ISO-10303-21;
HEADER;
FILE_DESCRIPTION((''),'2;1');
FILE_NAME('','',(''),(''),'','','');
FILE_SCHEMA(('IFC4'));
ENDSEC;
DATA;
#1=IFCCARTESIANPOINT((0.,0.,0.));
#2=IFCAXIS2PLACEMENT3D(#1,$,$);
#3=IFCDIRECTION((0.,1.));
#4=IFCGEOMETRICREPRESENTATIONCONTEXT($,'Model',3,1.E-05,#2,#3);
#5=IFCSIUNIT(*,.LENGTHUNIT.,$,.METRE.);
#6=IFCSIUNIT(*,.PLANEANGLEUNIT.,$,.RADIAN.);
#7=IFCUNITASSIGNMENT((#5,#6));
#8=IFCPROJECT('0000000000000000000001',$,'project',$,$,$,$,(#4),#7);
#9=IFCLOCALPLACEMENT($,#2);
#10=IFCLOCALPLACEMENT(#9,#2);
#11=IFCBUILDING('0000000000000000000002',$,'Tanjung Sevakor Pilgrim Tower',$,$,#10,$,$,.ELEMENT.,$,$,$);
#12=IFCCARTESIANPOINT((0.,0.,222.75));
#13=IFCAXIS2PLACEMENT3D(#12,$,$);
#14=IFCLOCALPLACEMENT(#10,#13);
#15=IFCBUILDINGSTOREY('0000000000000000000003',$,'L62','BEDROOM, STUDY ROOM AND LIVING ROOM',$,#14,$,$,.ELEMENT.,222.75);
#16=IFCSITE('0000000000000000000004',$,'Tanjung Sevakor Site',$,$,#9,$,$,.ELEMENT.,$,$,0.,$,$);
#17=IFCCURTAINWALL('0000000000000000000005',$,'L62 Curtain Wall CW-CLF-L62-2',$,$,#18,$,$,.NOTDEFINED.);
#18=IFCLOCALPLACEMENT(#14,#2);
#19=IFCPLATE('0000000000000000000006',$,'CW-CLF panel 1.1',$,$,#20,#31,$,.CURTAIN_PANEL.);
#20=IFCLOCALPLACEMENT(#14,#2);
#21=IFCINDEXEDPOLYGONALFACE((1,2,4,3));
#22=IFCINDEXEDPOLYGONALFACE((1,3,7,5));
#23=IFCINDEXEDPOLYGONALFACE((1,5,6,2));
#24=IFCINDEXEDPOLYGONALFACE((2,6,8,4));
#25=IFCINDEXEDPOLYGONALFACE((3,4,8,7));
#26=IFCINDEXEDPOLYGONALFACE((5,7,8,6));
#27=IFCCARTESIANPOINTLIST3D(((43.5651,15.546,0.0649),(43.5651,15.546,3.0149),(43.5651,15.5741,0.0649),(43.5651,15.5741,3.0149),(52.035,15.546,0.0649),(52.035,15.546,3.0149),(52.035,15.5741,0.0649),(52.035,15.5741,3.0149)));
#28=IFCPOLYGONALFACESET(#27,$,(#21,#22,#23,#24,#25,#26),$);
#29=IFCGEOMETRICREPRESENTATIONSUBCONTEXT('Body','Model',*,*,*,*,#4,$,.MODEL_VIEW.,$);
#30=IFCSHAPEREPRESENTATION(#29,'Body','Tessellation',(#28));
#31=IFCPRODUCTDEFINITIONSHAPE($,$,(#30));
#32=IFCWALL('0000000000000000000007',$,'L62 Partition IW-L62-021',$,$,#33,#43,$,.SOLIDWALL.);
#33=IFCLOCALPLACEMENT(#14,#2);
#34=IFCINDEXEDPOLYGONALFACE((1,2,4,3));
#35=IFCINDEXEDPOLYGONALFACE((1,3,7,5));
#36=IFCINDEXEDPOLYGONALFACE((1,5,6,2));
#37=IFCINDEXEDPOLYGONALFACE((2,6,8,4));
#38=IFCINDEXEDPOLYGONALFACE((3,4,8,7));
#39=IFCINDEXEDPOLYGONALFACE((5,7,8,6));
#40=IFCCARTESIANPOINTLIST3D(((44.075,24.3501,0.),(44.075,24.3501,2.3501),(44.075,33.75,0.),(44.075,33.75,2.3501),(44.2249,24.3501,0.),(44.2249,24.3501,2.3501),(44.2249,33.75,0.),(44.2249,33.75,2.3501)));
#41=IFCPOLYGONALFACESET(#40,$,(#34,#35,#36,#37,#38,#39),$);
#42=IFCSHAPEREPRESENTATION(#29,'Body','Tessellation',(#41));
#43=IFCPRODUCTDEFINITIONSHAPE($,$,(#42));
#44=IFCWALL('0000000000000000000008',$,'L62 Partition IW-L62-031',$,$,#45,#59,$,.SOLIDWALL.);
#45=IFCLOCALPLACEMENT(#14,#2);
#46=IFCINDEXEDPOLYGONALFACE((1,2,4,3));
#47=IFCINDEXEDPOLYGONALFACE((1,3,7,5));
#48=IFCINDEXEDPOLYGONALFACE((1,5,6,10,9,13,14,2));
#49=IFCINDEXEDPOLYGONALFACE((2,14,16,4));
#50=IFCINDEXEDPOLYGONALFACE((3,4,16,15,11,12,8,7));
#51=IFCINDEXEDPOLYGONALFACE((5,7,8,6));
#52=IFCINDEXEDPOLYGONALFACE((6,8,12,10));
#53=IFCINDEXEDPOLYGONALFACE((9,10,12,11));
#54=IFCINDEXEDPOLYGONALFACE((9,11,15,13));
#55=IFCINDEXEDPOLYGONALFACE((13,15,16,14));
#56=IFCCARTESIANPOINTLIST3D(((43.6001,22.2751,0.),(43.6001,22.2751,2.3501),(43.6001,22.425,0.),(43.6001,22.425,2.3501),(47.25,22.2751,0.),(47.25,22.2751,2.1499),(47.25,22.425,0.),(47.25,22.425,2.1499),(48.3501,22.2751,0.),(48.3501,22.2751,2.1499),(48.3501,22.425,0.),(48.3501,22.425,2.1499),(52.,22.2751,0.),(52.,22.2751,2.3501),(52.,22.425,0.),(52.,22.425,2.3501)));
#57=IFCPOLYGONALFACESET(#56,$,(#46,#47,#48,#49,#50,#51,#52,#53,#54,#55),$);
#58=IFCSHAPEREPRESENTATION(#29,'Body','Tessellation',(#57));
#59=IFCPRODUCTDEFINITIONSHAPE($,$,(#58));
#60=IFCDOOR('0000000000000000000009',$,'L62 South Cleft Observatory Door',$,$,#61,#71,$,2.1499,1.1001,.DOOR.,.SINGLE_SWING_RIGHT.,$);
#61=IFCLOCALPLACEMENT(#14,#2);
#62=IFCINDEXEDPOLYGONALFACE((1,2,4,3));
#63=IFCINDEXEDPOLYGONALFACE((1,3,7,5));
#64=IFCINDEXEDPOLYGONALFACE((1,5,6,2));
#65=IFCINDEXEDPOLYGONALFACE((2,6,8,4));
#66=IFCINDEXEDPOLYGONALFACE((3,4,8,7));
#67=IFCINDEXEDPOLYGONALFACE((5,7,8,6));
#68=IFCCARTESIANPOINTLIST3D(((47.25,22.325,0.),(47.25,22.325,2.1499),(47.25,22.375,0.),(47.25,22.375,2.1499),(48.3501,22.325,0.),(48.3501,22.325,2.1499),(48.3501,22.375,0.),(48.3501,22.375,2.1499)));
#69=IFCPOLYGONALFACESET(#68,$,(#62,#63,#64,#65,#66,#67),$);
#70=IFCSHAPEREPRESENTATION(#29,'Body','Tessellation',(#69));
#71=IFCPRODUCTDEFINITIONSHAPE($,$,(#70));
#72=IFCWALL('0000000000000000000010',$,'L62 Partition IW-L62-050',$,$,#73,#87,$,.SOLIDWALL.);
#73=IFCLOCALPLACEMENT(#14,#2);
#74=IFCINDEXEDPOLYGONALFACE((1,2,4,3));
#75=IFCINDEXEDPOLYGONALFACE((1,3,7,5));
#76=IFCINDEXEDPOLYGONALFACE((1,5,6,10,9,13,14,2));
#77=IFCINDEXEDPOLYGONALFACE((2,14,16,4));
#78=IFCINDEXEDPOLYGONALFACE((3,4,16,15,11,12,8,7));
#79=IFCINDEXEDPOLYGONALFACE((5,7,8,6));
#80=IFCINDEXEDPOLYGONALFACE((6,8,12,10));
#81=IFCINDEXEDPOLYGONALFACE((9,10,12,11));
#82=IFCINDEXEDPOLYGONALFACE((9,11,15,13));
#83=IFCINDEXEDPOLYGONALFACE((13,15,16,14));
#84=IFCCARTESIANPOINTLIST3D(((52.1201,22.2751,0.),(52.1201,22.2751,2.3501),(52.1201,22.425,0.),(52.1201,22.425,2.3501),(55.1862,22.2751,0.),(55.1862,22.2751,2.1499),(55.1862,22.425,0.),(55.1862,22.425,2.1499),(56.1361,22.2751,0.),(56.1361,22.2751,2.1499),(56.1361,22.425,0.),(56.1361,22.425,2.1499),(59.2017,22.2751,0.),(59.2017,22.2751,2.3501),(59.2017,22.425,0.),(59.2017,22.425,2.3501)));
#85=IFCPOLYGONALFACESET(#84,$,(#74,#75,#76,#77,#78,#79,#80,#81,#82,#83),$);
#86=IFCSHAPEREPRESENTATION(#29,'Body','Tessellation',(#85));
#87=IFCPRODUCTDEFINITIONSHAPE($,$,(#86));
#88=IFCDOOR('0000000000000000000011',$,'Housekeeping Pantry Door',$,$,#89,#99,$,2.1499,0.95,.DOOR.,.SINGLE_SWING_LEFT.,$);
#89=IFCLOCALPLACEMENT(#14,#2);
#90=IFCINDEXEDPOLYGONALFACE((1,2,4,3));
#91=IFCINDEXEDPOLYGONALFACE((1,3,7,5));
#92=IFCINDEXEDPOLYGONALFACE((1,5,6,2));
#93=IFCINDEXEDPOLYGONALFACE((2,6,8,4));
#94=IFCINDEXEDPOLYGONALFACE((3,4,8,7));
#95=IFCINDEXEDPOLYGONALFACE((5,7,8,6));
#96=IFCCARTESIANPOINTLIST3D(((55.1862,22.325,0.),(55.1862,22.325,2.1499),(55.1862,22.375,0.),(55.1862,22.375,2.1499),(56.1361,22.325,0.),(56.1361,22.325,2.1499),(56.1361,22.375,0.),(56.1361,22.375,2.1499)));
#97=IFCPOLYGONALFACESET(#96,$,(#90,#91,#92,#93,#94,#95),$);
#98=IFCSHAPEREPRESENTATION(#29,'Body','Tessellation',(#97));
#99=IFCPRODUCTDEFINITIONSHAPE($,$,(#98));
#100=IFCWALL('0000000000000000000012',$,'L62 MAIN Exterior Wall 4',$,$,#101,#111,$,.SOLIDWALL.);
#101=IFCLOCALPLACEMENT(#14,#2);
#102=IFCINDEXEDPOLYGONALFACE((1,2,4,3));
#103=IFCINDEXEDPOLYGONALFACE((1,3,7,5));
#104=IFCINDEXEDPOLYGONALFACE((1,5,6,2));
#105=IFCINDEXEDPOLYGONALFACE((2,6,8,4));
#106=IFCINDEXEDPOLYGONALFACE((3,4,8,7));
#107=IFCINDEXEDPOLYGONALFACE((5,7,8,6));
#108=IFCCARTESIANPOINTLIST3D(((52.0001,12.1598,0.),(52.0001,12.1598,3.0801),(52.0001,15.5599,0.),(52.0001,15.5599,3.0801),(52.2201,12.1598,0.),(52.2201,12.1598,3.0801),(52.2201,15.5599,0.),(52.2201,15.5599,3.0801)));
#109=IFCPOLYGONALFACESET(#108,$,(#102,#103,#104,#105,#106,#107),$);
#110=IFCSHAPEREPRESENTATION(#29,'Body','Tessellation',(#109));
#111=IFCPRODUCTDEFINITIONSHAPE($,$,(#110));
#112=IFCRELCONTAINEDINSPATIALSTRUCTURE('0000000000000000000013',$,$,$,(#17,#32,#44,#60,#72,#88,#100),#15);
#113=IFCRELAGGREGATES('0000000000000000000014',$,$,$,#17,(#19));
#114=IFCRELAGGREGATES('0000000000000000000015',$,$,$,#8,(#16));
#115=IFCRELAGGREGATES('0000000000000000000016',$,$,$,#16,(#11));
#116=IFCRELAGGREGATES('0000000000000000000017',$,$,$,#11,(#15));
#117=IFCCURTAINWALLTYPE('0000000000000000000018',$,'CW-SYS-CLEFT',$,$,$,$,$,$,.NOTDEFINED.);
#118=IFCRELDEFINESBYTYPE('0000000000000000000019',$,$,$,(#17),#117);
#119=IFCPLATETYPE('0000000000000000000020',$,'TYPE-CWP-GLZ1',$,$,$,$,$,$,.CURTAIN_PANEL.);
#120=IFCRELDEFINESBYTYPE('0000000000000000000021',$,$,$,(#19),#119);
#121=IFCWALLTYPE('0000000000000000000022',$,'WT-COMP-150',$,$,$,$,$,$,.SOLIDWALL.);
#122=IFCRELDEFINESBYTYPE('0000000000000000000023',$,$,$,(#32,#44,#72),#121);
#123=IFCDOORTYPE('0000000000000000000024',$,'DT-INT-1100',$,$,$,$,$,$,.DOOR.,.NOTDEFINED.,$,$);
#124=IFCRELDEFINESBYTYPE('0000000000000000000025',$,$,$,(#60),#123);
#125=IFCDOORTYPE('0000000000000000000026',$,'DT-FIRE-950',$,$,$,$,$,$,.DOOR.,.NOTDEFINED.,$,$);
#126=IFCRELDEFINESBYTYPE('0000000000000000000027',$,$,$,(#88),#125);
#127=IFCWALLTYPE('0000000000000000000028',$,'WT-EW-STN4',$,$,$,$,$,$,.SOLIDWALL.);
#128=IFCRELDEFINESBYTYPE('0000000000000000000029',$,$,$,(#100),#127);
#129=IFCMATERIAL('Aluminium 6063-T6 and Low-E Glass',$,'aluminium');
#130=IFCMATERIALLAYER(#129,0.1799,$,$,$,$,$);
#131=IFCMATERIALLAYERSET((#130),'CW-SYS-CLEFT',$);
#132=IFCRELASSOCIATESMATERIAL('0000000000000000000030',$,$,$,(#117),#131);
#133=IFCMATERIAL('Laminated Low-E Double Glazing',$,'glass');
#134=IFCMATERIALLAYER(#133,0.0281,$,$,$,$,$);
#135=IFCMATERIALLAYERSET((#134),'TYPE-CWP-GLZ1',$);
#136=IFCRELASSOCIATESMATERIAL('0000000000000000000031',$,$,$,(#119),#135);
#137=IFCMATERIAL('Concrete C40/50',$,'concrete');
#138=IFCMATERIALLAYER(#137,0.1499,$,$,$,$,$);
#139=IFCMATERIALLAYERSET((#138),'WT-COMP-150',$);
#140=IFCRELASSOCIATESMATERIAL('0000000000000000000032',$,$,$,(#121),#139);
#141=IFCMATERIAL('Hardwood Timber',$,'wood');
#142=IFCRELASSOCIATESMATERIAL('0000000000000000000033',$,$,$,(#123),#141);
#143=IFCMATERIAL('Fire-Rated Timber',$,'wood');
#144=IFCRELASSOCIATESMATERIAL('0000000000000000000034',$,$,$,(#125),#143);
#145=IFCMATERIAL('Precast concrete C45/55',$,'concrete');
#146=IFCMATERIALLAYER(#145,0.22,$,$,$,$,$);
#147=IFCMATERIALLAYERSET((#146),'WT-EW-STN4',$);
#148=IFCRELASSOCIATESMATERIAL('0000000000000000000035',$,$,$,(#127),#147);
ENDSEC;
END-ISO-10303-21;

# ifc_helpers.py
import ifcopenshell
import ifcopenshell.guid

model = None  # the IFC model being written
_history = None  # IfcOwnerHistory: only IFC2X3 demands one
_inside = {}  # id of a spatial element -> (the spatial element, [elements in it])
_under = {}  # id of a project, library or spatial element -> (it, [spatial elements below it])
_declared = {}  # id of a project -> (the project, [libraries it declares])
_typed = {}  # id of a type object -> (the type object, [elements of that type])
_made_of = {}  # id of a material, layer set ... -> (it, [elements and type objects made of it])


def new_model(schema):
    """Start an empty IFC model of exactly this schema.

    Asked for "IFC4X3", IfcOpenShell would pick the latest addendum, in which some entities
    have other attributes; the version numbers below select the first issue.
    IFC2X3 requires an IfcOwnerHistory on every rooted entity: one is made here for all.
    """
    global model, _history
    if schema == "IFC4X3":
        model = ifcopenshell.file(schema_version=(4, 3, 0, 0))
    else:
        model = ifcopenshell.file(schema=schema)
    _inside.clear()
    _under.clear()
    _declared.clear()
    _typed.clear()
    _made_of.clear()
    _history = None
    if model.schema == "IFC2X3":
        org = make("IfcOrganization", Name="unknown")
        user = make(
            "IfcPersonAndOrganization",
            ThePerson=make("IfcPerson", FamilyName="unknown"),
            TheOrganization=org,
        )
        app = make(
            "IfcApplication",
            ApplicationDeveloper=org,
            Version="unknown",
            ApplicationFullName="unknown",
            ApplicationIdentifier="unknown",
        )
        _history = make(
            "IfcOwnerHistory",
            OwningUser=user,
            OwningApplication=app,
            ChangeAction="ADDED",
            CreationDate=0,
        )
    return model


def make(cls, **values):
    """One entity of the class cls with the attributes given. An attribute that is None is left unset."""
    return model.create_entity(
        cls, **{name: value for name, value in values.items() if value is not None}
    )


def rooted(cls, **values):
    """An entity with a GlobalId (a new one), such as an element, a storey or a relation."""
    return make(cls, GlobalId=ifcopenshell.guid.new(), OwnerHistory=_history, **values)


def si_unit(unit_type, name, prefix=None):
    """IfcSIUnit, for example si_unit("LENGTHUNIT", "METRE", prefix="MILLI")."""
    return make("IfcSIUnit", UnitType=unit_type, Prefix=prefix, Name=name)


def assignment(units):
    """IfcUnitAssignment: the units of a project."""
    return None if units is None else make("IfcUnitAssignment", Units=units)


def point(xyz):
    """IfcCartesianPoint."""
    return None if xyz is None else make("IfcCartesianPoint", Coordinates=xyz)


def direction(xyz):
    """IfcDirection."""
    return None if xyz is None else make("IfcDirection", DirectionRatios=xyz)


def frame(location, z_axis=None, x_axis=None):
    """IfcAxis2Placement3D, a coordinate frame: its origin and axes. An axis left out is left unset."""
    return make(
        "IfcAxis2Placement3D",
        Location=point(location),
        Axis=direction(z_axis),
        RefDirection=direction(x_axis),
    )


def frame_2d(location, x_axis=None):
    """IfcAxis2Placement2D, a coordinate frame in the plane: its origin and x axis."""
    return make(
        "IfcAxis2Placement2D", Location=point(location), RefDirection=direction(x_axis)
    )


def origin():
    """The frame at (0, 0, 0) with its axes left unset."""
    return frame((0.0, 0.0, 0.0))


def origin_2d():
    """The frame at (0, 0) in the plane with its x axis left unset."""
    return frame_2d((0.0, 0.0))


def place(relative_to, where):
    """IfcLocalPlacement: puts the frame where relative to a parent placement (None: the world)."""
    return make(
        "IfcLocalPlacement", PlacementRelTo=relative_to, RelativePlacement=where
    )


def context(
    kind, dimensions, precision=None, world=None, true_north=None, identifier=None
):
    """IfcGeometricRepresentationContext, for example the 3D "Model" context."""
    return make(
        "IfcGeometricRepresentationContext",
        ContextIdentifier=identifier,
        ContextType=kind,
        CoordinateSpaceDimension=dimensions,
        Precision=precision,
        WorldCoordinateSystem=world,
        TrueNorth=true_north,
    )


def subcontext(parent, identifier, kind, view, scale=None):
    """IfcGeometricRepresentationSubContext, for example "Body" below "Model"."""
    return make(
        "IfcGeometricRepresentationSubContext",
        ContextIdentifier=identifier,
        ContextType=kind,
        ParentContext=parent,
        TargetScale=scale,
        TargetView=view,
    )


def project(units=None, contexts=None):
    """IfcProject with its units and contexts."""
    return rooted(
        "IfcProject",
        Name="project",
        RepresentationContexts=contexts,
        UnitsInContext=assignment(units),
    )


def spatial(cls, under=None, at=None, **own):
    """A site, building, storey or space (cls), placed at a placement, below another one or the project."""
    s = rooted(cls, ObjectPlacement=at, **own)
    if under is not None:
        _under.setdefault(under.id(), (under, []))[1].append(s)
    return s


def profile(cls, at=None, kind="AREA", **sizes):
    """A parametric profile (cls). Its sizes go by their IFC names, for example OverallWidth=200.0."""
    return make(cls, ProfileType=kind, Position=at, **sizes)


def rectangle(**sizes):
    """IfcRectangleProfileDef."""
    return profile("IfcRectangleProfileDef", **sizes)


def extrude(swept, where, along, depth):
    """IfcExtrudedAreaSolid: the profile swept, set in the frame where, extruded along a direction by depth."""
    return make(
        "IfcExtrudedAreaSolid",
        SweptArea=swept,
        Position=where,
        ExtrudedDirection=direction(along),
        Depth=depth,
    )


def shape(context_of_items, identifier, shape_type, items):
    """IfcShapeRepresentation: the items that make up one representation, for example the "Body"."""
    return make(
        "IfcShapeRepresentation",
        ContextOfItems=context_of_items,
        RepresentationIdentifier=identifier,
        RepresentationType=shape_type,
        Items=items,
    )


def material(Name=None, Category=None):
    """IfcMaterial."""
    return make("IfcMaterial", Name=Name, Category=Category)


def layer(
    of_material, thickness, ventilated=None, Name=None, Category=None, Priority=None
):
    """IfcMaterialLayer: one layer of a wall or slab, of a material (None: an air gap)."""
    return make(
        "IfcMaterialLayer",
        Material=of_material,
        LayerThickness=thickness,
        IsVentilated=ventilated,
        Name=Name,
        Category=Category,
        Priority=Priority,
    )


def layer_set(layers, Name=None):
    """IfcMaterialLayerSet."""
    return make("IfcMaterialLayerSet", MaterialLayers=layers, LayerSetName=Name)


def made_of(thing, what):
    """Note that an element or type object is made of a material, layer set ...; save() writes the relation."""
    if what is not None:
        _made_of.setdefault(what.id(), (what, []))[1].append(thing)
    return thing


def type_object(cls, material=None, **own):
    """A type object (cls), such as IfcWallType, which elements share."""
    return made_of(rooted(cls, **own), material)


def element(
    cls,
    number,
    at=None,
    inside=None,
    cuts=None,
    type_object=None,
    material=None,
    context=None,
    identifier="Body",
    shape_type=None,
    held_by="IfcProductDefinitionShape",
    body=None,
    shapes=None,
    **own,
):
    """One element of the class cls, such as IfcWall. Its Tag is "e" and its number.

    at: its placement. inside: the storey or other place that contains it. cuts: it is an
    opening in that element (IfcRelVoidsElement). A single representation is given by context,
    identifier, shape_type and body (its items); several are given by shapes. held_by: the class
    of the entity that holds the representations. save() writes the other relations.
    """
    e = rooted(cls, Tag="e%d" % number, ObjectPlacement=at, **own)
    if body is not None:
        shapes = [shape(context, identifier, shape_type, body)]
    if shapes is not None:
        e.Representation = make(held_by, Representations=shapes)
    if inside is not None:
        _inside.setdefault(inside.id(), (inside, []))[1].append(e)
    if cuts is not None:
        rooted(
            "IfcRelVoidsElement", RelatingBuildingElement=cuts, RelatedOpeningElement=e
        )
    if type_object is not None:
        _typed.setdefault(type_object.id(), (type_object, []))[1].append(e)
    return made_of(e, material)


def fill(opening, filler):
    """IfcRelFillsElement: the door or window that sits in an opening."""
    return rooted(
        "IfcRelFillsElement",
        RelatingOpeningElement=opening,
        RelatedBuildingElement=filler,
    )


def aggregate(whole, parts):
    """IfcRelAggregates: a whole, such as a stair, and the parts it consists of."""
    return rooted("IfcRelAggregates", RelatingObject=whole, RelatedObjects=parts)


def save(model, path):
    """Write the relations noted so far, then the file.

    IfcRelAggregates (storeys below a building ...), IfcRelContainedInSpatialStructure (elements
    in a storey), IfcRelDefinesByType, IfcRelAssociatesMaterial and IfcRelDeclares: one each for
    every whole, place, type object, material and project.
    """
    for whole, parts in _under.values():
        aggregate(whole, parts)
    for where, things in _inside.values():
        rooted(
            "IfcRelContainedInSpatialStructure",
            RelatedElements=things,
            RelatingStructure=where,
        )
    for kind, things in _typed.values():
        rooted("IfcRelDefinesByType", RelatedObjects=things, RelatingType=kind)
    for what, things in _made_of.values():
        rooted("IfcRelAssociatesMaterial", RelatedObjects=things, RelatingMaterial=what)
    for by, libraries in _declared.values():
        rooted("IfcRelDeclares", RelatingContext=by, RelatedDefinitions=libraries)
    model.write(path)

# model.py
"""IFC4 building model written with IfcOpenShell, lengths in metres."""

from ifc_helpers import new_model, si_unit, direction, frame, frame_2d, origin, origin_2d, place, context, subcontext, project, spatial, rectangle, extrude, material, layer, layer_set, type_object, element, fill, aggregate, save


model = new_model("IFC4")

# Units and contexts
model_context = context("Model", 3, precision=1e-05, world=origin(), true_north=direction((0.0, 1.0)))
body_context = subcontext(model_context, "Body", "Model", "MODEL_VIEW")
ifc_project = project(units=[si_unit("LENGTHUNIT", "METRE"), si_unit("PLANEANGLEUNIT", "RADIAN")], contexts=[model_context])

# Site, building, storey
site_placement = place(None, origin())
site = spatial("IfcSite", under=ifc_project, at=site_placement, Name="Tanjung Sevakor Site", CompositionType="ELEMENT", RefElevation=0.0)
building_placement = place(site_placement, origin())
building = spatial("IfcBuilding", under=site, at=building_placement, Name="Tanjung Sevakor Pilgrim Tower", CompositionType="ELEMENT")
storey_placement = place(building_placement, frame((0.0, 0.0, 222.75)))
storey = spatial("IfcBuildingStorey", under=building, at=storey_placement, Name="L62", Description="BEDROOM, STUDY ROOM AND LIVING ROOM", CompositionType="ELEMENT", Elevation=222.75)

# Curtain wall, plate
ifc_material_1 = material(Name="Aluminium 6063-T6 and Low-E Glass", Category="aluminium")
ifc_layer_1 = layer(ifc_material_1, 0.1799)
ifc_layer_set_1 = layer_set([ifc_layer_1], Name="CW-SYS-CLEFT")
curtain_wall_type = type_object("IfcCurtainWallType", Name="CW-SYS-CLEFT", PredefinedType="NOTDEFINED", material=ifc_layer_set_1)
curtain_wall_placement = place(storey_placement, origin())
curtain_wall = element("IfcCurtainWall", 1, at=curtain_wall_placement, inside=storey, type_object=curtain_wall_type, Name="L62 Curtain Wall CW-CLF-L62-2", PredefinedType="NOTDEFINED")
ifc_material_2 = material(Name="Laminated Low-E Double Glazing", Category="glass")
ifc_layer_2 = layer(ifc_material_2, 0.0281)
ifc_layer_set_2 = layer_set([ifc_layer_2], Name="TYPE-CWP-GLZ1")
plate_type = type_object("IfcPlateType", Name="TYPE-CWP-GLZ1", PredefinedType="CURTAIN_PANEL", material=ifc_layer_set_2)
plate_placement = place(storey_placement, frame((47.8, 15.5601, 0.0649), z_axis=(0.0, 0.0, 1.0), x_axis=(1.0, 0.0, 0.0)))
plate = element("IfcPlate", 2, at=plate_placement, type_object=plate_type, Name="CW-CLF panel 1.1", PredefinedType="CURTAIN_PANEL", context=body_context, shape_type="SweptSolid", body=[
    extrude(rectangle(XDim=8.47, YDim=0.0281, at=origin_2d()), origin(), (0.0, 0.0, 1.0), 2.95),
])
aggregate(curtain_wall, [plate])

# Wall
ifc_material_3 = material(Name="Concrete C40/50", Category="concrete")
ifc_layer_3 = layer(ifc_material_3, 0.1499)
ifc_layer_set_3 = layer_set([ifc_layer_3], Name="WT-COMP-150")
wall_type_1 = type_object("IfcWallType", Name="WT-COMP-150", PredefinedType="SOLIDWALL", material=ifc_layer_set_3)
wall_1_placement = place(storey_placement, frame((44.1499, 24.3501, 0.0), z_axis=(0.0, 0.0, 1.0), x_axis=(0.0, 1.0, 0.0)))
element("IfcWall", 3, at=wall_1_placement, inside=storey, type_object=wall_type_1, Name="L62 Partition IW-L62-021", PredefinedType="SOLIDWALL", context=body_context, shape_type="SweptSolid", body=[
    extrude(rectangle(XDim=9.3999, YDim=0.1499, at=frame_2d((4.7, 0.0))), origin(), (0.0, 0.0, 1.0), 2.3501),
])

# Walls, openings, doors
wall_2_placement = place(storey_placement, frame((43.6001, 22.3501, 0.0), z_axis=(0.0, 0.0, 1.0), x_axis=(1.0, 0.0, 0.0)))
wall_2 = element("IfcWall", 4, at=wall_2_placement, inside=storey, type_object=wall_type_1, Name="L62 Partition IW-L62-031", PredefinedType="SOLIDWALL", context=body_context, shape_type="SweptSolid", body=[
    extrude(rectangle(XDim=8.3999, YDim=0.1499, at=frame_2d((4.2, 0.0))), origin(), (0.0, 0.0, 1.0), 2.3501),
])
opening_1_placement = place(wall_2_placement, frame((3.6499, 0.0, 0.0)))
opening_1 = element("IfcOpeningElement", 5, at=opening_1_placement, cuts=wall_2, PredefinedType="OPENING", context=body_context, shape_type="SweptSolid", body=[
    extrude(rectangle(XDim=1.1001, YDim=2.1499, at=frame_2d((0.55, 1.075))), frame((0.0, 0.085, 0.0), z_axis=(0.0, -1.0, 0.0), x_axis=(1.0, 0.0, 0.0)), (0.0, 0.0, 1.0), 0.1699),
])
ifc_material_4 = material(Name="Hardwood Timber", Category="wood")
door_type_1 = type_object("IfcDoorType", Name="DT-INT-1100", OperationType="NOTDEFINED", PredefinedType="DOOR", material=ifc_material_4)
door_1_placement = place(opening_1_placement, origin())
door_1 = element("IfcDoor", 6, at=door_1_placement, inside=storey, type_object=door_type_1, Name="L62 South Cleft Observatory Door", OperationType="SINGLE_SWING_RIGHT", OverallHeight=2.1499, OverallWidth=1.1001, PredefinedType="DOOR", context=body_context, shape_type="SweptSolid", body=[
    extrude(rectangle(XDim=1.1001, YDim=2.1499, at=frame_2d((0.55, 1.075))), frame((0.0, 0.0249, 0.0), z_axis=(0.0, -1.0, 0.0), x_axis=(1.0, 0.0, 0.0)), (0.0, 0.0, 1.0), 0.05),
])
fill(opening_1, door_1)
ifc_material_5 = material(Name="Fire-Rated Timber", Category="wood")
door_type_2 = type_object("IfcDoorType", Name="DT-FIRE-950", OperationType="NOTDEFINED", PredefinedType="DOOR", material=ifc_material_5)
wall_3_placement = place(storey_placement, frame((52.1201, 22.3501, 0.0), z_axis=(0.0, 0.0, 1.0), x_axis=(1.0, 0.0, 0.0)))
wall_3 = element("IfcWall", 7, at=wall_3_placement, inside=storey, type_object=wall_type_1, Name="L62 Partition IW-L62-050", PredefinedType="SOLIDWALL", context=body_context, shape_type="SweptSolid", body=[
    extrude(rectangle(XDim=7.0815, YDim=0.1499, at=frame_2d((3.5408, 0.0))), origin(), (0.0, 0.0, 1.0), 2.3501),
])
opening_2_placement = place(wall_3_placement, frame((3.0659, 0.0, 0.0)))
opening_2 = element("IfcOpeningElement", 8, at=opening_2_placement, cuts=wall_3, PredefinedType="OPENING", context=body_context, shape_type="SweptSolid", body=[
    extrude(rectangle(XDim=0.95, YDim=2.1499, at=frame_2d((0.4751, 1.075))), frame((0.0, 0.085, 0.0), z_axis=(0.0, -1.0, 0.0), x_axis=(1.0, 0.0, 0.0)), (0.0, 0.0, 1.0), 0.1699),
])
door_2_placement = place(opening_2_placement, origin())
door_2 = element("IfcDoor", 9, at=door_2_placement, inside=storey, type_object=door_type_2, Name="Housekeeping Pantry Door", OperationType="SINGLE_SWING_LEFT", OverallHeight=2.1499, OverallWidth=0.95, PredefinedType="DOOR", context=body_context, shape_type="SweptSolid", body=[
    extrude(rectangle(XDim=0.95, YDim=2.1499, at=frame_2d((0.4751, 1.075))), frame((0.0, 0.0249, 0.0), z_axis=(0.0, -1.0, 0.0), x_axis=(1.0, 0.0, 0.0)), (0.0, 0.0, 1.0), 0.05),
])
fill(opening_2, door_2)

# Wall
ifc_material_6 = material(Name="Precast concrete C45/55", Category="concrete")
ifc_layer_4 = layer(ifc_material_6, 0.22)
ifc_layer_set_4 = layer_set([ifc_layer_4], Name="WT-EW-STN4")
wall_type_2 = type_object("IfcWallType", Name="WT-EW-STN4", PredefinedType="SOLIDWALL", material=ifc_layer_set_4)
wall_4_placement = place(storey_placement, frame((52.1101, 15.5601, 0.0), z_axis=(0.0, 0.0, 1.0), x_axis=(0.0, -1.0, 0.0)))
element("IfcWall", 10, at=wall_4_placement, inside=storey, type_object=wall_type_2, Name="L62 MAIN Exterior Wall 4", PredefinedType="SOLIDWALL", context=body_context, shape_type="SweptSolid", body=[
    extrude(rectangle(XDim=3.4001, YDim=0.22, at=frame_2d((1.7002, 0.0))), origin(), (0.0, 0.0, 1.0), 3.0801),
])

save(model, "model.ifc")
